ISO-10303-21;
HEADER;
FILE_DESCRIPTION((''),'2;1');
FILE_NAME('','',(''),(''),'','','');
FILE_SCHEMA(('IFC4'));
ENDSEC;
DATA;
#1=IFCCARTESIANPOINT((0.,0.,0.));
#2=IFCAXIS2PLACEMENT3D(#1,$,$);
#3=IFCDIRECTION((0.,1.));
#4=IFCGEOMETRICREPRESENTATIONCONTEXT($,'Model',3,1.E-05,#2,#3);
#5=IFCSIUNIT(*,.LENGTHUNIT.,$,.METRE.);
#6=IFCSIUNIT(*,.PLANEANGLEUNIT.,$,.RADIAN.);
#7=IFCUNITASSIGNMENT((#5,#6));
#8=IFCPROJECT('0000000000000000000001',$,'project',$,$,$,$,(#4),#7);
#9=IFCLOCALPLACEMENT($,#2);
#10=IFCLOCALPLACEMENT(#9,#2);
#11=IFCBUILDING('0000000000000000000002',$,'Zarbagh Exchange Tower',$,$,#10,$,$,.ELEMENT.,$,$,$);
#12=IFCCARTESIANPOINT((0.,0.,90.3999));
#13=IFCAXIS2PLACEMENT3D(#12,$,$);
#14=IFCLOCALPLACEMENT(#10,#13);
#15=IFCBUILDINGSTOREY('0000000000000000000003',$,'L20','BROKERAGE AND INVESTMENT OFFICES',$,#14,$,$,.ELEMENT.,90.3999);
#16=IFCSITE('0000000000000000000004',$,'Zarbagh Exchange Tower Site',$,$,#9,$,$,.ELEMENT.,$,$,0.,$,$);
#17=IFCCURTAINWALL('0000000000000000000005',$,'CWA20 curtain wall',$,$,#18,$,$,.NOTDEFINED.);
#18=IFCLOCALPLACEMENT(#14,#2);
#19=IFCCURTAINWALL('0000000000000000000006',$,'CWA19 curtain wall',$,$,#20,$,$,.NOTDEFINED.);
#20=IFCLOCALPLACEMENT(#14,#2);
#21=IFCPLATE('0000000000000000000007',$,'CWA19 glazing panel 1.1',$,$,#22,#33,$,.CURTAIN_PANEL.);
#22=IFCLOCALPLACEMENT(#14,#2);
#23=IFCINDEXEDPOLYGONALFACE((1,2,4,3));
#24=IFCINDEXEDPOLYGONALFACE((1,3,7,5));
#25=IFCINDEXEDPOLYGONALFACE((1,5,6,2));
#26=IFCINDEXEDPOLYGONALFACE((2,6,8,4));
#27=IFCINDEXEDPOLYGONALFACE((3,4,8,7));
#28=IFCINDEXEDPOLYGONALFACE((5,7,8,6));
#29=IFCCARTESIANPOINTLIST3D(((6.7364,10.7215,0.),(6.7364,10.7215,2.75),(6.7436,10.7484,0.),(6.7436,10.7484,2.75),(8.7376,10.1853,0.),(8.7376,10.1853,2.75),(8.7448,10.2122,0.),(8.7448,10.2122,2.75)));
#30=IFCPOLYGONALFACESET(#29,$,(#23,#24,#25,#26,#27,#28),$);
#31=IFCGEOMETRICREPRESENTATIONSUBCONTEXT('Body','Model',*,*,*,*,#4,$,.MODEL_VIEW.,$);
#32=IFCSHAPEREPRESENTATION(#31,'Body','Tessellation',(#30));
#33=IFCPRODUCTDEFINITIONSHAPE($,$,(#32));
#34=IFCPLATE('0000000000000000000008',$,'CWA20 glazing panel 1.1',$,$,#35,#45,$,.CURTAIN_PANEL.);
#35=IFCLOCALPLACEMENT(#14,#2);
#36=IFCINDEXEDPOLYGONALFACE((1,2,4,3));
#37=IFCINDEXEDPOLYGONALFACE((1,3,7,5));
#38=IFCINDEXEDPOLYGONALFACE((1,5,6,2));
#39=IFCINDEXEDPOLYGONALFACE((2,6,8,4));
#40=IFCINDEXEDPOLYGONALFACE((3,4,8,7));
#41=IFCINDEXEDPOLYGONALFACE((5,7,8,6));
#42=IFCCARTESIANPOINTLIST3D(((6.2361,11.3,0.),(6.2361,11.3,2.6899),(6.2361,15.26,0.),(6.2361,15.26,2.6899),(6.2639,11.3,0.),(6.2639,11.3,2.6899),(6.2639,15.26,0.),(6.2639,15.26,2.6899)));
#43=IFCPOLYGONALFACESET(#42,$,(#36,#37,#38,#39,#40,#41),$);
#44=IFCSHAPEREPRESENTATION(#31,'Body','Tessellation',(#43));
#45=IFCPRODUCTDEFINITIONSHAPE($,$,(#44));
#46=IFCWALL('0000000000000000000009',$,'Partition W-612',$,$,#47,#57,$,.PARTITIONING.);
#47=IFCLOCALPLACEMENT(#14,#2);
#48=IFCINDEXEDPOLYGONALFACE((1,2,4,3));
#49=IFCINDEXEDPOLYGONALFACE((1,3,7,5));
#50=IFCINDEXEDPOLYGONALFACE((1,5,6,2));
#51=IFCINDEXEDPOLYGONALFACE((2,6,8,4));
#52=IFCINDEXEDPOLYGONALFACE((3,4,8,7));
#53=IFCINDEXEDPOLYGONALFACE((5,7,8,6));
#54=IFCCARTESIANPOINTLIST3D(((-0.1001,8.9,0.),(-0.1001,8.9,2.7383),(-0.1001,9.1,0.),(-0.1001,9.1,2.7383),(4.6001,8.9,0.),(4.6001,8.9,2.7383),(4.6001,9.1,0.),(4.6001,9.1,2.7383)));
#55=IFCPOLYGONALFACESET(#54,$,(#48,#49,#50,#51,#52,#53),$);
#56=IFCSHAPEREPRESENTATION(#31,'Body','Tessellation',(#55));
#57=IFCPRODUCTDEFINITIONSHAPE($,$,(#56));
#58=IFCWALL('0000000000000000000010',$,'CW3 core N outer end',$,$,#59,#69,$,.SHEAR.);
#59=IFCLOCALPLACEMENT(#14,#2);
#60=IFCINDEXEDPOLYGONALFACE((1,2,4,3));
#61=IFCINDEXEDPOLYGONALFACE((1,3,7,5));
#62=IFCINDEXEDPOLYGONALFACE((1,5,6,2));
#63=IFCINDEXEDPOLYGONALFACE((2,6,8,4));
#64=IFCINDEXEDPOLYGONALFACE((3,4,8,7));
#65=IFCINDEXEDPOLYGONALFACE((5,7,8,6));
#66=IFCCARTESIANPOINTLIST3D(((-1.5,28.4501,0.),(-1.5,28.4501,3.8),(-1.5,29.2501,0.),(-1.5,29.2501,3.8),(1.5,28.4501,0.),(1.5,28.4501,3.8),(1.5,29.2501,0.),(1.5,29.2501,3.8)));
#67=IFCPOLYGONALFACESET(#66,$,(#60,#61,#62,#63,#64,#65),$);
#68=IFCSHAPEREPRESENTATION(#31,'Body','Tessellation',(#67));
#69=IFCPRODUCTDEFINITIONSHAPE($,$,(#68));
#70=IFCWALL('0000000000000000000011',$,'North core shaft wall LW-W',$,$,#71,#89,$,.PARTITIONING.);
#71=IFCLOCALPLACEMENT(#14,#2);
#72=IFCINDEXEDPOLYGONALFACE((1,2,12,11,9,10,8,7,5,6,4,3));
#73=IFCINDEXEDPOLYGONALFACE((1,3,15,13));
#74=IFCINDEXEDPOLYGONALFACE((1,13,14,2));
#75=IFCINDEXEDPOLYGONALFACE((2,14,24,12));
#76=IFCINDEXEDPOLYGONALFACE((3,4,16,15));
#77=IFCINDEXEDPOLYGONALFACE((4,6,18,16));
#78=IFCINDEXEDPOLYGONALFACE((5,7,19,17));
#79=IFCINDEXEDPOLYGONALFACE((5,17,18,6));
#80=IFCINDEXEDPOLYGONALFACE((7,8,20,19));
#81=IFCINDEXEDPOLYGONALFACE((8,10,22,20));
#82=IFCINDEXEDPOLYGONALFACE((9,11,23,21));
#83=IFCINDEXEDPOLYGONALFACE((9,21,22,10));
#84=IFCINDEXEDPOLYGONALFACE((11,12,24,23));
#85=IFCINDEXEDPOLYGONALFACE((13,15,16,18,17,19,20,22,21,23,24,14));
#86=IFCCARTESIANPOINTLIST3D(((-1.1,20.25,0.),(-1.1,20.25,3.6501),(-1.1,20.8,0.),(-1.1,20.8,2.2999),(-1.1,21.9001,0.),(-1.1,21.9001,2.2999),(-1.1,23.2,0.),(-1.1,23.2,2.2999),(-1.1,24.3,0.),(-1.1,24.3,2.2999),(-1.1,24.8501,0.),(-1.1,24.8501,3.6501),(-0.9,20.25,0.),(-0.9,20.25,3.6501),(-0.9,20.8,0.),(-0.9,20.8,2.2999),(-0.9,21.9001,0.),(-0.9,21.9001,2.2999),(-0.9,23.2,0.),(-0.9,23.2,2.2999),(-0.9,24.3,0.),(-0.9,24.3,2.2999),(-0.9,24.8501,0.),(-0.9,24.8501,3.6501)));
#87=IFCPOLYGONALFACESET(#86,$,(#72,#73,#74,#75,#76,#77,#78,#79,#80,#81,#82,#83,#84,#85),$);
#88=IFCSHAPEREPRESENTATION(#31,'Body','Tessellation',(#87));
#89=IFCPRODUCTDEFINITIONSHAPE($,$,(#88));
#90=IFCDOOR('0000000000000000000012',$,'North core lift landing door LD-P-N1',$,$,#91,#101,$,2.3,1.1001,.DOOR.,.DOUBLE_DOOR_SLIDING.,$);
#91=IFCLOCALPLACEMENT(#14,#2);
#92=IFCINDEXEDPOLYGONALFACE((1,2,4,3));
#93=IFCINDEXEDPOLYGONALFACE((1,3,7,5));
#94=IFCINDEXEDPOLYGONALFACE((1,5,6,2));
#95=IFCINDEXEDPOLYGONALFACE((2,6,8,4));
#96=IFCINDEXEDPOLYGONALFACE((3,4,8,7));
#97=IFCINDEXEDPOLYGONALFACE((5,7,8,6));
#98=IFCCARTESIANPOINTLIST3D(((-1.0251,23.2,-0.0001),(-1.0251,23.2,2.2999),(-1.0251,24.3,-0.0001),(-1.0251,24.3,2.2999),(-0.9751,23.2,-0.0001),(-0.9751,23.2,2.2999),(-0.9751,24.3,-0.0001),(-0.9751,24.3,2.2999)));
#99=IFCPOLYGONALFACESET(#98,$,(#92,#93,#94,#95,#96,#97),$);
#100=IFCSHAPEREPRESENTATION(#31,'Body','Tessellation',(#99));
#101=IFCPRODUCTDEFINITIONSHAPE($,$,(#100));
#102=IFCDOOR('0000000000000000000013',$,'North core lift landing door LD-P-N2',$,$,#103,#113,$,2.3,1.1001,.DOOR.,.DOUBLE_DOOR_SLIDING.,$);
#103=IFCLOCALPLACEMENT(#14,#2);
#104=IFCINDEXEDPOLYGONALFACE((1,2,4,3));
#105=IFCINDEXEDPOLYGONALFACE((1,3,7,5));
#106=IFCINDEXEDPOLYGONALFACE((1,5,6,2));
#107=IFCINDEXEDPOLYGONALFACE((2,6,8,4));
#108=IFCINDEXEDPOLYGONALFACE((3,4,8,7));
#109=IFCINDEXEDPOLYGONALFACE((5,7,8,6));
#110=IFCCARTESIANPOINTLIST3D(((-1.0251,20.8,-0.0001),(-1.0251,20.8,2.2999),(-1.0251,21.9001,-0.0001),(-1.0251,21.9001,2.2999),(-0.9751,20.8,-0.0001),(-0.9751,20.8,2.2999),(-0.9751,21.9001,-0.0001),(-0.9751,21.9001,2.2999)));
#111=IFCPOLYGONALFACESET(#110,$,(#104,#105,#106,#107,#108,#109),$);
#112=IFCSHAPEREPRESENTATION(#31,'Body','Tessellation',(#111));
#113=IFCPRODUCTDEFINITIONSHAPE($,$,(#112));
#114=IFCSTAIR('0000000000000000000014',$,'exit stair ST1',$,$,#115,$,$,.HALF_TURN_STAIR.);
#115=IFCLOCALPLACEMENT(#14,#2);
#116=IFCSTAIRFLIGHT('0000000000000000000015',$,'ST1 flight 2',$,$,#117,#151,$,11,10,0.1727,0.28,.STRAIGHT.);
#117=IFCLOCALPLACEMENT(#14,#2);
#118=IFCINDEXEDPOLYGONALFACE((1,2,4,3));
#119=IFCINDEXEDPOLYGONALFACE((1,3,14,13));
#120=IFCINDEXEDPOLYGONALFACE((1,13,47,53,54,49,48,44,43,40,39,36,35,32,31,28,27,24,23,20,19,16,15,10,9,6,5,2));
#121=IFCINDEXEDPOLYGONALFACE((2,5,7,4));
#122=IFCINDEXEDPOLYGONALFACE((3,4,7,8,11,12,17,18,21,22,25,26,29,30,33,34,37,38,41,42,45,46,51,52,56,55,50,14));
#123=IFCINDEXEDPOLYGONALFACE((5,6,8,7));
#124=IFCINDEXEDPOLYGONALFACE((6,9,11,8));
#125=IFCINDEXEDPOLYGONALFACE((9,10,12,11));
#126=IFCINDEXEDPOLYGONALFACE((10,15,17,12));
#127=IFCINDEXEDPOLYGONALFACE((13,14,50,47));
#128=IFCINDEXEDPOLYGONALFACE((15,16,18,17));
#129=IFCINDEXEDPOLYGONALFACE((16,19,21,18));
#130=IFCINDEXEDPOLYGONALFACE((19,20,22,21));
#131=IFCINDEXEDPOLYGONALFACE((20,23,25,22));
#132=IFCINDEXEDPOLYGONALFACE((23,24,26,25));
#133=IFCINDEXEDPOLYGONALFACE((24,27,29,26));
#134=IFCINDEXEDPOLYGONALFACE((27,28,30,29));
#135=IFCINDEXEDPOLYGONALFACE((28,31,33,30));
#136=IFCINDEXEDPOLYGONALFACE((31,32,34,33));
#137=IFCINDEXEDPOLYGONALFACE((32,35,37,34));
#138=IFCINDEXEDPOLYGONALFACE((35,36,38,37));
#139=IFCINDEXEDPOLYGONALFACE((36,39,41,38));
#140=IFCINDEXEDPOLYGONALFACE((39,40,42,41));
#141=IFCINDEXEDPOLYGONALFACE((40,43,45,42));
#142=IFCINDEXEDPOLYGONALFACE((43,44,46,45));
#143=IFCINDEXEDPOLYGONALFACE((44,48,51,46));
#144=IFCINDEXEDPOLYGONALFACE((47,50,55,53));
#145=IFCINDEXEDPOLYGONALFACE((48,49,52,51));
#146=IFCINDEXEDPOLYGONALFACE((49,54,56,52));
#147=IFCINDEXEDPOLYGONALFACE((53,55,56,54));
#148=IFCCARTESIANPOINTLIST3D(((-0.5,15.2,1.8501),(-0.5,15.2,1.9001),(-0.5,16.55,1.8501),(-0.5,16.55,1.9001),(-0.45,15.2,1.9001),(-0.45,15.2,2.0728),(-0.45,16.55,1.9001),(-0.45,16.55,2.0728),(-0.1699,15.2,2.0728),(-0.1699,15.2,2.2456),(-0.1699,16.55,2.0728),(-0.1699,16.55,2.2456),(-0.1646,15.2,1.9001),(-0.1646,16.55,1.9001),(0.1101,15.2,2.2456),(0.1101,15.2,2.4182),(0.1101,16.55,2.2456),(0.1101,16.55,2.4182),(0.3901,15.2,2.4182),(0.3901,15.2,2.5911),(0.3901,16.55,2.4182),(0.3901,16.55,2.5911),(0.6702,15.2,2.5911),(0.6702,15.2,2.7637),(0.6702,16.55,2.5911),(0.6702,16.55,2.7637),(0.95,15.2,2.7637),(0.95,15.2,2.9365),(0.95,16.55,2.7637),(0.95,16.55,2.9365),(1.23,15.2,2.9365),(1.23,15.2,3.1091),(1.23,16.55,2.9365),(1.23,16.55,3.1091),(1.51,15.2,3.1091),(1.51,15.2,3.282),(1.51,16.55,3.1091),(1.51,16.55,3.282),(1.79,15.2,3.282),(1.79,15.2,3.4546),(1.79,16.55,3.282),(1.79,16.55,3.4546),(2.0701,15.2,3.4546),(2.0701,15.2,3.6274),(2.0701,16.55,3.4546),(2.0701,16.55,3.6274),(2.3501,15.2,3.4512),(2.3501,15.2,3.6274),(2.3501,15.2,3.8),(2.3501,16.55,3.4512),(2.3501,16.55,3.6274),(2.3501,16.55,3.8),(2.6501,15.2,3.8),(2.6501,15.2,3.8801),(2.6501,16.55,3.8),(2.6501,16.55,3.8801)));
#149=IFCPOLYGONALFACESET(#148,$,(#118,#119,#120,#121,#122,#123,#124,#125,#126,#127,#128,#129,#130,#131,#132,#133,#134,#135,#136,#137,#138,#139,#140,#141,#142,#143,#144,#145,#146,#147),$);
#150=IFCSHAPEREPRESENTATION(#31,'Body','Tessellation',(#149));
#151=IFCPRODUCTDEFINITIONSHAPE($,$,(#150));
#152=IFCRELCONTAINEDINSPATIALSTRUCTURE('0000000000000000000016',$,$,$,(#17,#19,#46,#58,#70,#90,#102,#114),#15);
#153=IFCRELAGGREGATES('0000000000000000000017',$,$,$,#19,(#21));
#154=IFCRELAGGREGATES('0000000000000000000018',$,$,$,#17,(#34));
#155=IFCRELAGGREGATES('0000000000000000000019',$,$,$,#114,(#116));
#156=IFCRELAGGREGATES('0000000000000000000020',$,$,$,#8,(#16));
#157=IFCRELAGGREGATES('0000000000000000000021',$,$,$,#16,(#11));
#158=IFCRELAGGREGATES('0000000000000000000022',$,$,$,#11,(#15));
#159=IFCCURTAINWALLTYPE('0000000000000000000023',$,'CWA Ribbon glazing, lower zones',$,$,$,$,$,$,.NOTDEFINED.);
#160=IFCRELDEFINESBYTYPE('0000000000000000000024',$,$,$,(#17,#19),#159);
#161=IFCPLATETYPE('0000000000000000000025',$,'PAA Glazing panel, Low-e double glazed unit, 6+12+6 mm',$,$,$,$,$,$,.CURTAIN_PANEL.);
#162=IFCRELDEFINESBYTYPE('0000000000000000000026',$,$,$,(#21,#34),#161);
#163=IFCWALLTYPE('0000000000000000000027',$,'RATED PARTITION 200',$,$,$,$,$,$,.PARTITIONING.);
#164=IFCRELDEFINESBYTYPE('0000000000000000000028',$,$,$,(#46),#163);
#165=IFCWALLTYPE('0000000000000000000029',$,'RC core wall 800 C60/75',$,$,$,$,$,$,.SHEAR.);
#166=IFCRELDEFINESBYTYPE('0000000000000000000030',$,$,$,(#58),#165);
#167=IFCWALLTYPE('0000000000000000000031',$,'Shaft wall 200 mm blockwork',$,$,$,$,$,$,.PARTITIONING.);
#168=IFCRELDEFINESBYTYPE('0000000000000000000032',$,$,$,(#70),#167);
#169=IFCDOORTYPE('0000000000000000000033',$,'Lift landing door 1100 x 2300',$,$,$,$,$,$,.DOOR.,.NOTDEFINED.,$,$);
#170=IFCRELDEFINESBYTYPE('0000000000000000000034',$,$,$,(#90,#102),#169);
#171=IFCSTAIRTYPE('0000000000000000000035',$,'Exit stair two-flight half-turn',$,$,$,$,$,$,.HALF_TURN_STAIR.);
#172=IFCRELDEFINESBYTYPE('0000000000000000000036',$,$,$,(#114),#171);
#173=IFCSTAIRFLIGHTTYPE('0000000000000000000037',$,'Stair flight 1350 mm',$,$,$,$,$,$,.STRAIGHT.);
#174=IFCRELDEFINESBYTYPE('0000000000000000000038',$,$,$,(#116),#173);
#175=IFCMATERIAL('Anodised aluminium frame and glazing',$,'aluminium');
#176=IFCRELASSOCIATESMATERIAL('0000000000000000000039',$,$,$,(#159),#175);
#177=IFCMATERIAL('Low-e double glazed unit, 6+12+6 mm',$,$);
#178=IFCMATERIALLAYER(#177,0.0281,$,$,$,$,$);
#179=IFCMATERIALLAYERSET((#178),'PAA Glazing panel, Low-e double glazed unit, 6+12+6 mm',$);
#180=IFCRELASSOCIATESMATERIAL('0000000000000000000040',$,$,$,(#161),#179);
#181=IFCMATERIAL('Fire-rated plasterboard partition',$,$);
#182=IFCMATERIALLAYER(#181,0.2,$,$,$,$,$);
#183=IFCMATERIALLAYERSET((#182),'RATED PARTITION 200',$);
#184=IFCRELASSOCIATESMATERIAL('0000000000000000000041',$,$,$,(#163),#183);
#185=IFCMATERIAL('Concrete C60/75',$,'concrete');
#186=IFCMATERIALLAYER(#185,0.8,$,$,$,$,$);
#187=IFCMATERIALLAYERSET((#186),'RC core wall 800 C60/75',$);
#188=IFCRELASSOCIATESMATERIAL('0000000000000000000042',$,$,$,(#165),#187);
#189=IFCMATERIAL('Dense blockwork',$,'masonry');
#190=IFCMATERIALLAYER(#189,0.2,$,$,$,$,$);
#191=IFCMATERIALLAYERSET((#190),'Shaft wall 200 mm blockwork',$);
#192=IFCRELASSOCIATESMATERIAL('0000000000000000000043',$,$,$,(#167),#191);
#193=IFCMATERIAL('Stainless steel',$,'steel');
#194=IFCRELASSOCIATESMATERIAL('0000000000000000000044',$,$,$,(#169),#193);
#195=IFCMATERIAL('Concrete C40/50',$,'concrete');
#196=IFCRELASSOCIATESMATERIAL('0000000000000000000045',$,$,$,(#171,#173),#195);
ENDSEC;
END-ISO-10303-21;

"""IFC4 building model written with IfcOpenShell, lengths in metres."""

from ifc_helpers import new_model, si_unit, direction, frame, frame_2d, origin, place, context, subcontext, project, spatial, polyline, rectangle, outline, extrude, source, transform, mapped, material, layer, layer_set, type_object, element, fill, aggregate, save


model = new_model("IFC4")

# Units and contexts
model_context = context("Model", 3, precision=1e-05, world=origin(), true_north=direction((0.0, 1.0)))
body_context = subcontext(model_context, "Body", "Model", "MODEL_VIEW")
ifc_project = project(units=[si_unit("LENGTHUNIT", "METRE"), si_unit("PLANEANGLEUNIT", "RADIAN")], contexts=[model_context])

# Site, building, storey
site_placement = place(None, origin())
site = spatial("IfcSite", under=ifc_project, at=site_placement, Name="Zarbagh Exchange Tower Site", CompositionType="ELEMENT", RefElevation=0.0)
building_placement = place(site_placement, origin())
building = spatial("IfcBuilding", under=site, at=building_placement, Name="Zarbagh Exchange Tower", CompositionType="ELEMENT")
storey_placement = place(building_placement, frame((0.0, 0.0, 90.3999)))
storey = spatial("IfcBuildingStorey", under=building, at=storey_placement, Name="L20", Description="BROKERAGE AND INVESTMENT OFFICES", CompositionType="ELEMENT", Elevation=90.3999)

# Shared definitions
ifc_material_1 = material(Name="Concrete C60/75", Category="concrete")

# Shared definitions
ifc_material_2 = material(Name="Anodised aluminium frame and glazing", Category="aluminium")
curtain_wall_type = type_object("IfcCurtainWallType", Name="CWA Ribbon glazing, lower zones", PredefinedType="NOTDEFINED", material=ifc_material_2)
placement = place(storey_placement, origin())

# Curtain wall
curtain_wall_1_placement = place(storey_placement, origin())
curtain_wall_1 = element("IfcCurtainWall", 1, at=curtain_wall_1_placement, inside=storey, type_object=curtain_wall_type, Name="CWA20 curtain wall", PredefinedType="NOTDEFINED")

# Shared definitions
ifc_material_3 = material(Name="Low-e double glazed unit, 6+12+6 mm")
ifc_layer_1 = layer(ifc_material_3, 0.0281)
ifc_layer_set_1 = layer_set([ifc_layer_1], Name="PAA Glazing panel, Low-e double glazed unit, 6+12+6 mm")
plate_type = type_object("IfcPlateType", Name="PAA Glazing panel, Low-e double glazed unit, 6+12+6 mm", PredefinedType="CURTAIN_PANEL", material=ifc_layer_set_1)

# Curtain wall, plate
curtain_wall_2_placement = place(storey_placement, origin())
curtain_wall_2 = element("IfcCurtainWall", 2, at=curtain_wall_2_placement, inside=storey, type_object=curtain_wall_type, Name="CWA19 curtain wall", PredefinedType="NOTDEFINED")
shared_shape_1 = source(origin(), body_context, "Body", "SweptSolid", [
    extrude(outline(polyline([(0.0, -0.0139), (2.0718, -0.0139), (2.0718, 0.0139), (0.0, 0.0139), (0.0, -0.0139)])), origin(), (0.0, 0.0, 1.0), 2.75),
])
plate_1 = element("IfcPlate", 3, at=placement, type_object=plate_type, Name="CWA19 glazing panel 1.1", PredefinedType="CURTAIN_PANEL", context=body_context, shape_type="MappedRepresentation", body=[
    mapped(shared_shape_1, transform((8.7412, 10.1987, 0.0), x_axis=(-0.965924, 0.258825, 0.0), y_axis=(-0.258825, -0.965924, 0.0), z_axis=(0.0, 0.0, 1.0))),
])
aggregate(curtain_wall_2, [plate_1])

# Plate
shared_shape_2 = source(origin(), body_context, "Body", "SweptSolid", [
    extrude(outline(polyline([(0.0, -0.0139), (3.96, -0.0139), (3.96, 0.0139), (0.0, 0.0139), (0.0, -0.0139)])), origin(), (0.0, 0.0, 1.0), 2.6899),
])
plate_2 = element("IfcPlate", 4, at=placement, type_object=plate_type, Name="CWA20 glazing panel 1.1", PredefinedType="CURTAIN_PANEL", context=body_context, shape_type="MappedRepresentation", body=[
    mapped(shared_shape_2, transform((6.25, 11.3, 0.0), x_axis=(0.0, 1.0, 0.0), y_axis=(-1.0, 0.0, 0.0), z_axis=(0.0, 0.0, 1.0))),
])
aggregate(curtain_wall_1, [plate_2])

# Walls
ifc_material_4 = material(Name="Fire-rated plasterboard partition")
ifc_layer_2 = layer(ifc_material_4, 0.2)
ifc_layer_set_2 = layer_set([ifc_layer_2], Name="RATED PARTITION 200")
wall_type_1 = type_object("IfcWallType", Name="RATED PARTITION 200", PredefinedType="PARTITIONING", material=ifc_layer_set_2)
wall_1_placement = place(storey_placement, frame((-0.1001, 9.0, 0.0), z_axis=(0.0, 0.0, 1.0), x_axis=(1.0, 0.0, 0.0)))
element("IfcWall", 5, at=wall_1_placement, inside=storey, type_object=wall_type_1, Name="Partition W-612", PredefinedType="PARTITIONING", context=body_context, shape_type="SweptSolid", body=[
    extrude(rectangle(XDim=4.7002, YDim=0.2, at=frame_2d((2.3501, 0.0))), origin(), (0.0, 0.0, 1.0), 2.7383),
])
ifc_layer_3 = layer(ifc_material_1, 0.8)
ifc_layer_set_3 = layer_set([ifc_layer_3], Name="RC core wall 800 C60/75")
wall_type_2 = type_object("IfcWallType", Name="RC core wall 800 C60/75", PredefinedType="SHEAR", material=ifc_layer_set_3)
wall_2_placement = place(storey_placement, frame((-1.5, 28.8501, 0.0), z_axis=(0.0, 0.0, 1.0), x_axis=(1.0, 0.0, 0.0)))
element("IfcWall", 6, at=wall_2_placement, inside=storey, type_object=wall_type_2, Name="CW3 core N outer end", PredefinedType="SHEAR", context=body_context, shape_type="SweptSolid", body=[
    extrude(rectangle(XDim=3.0, YDim=0.8, at=frame_2d((1.5, 0.0))), origin(), (0.0, 0.0, 1.0), 3.8),
])

# Wall, openings, doors
ifc_material_5 = material(Name="Dense blockwork", Category="masonry")
ifc_layer_4 = layer(ifc_material_5, 0.2)
ifc_layer_set_4 = layer_set([ifc_layer_4], Name="Shaft wall 200 mm blockwork")
wall_type_3 = type_object("IfcWallType", Name="Shaft wall 200 mm blockwork", PredefinedType="PARTITIONING", material=ifc_layer_set_4)
wall_3_placement = place(storey_placement, frame((-1.0, 24.8501, 0.0), z_axis=(0.0, 0.0, 1.0), x_axis=(0.0, -1.0, 0.0)))
wall_3 = element("IfcWall", 7, at=wall_3_placement, inside=storey, type_object=wall_type_3, Name="North core shaft wall LW-W", PredefinedType="PARTITIONING", context=body_context, shape_type="SweptSolid", body=[
    extrude(rectangle(XDim=4.6001, YDim=0.2, at=frame_2d((2.3, 0.0))), origin(), (0.0, 0.0, 1.0), 3.6501),
])
opening_1_placement = place(wall_3_placement, frame((0.55, 0.0, 0.0)))
opening_1 = element("IfcOpeningElement", 8, at=opening_1_placement, cuts=wall_3, PredefinedType="OPENING", context=body_context, shape_type="SweptSolid", body=[
    extrude(rectangle(XDim=1.1001, YDim=2.3, at=frame_2d((0.55, 1.1499))), frame((0.0, 0.1099, 0.0), z_axis=(0.0, -1.0, 0.0), x_axis=(1.0, 0.0, 0.0)), (0.0, 0.0, 1.0), 0.22),
])
opening_2_placement = place(wall_3_placement, frame((2.95, 0.0, 0.0)))
opening_2 = element("IfcOpeningElement", 9, at=opening_2_placement, cuts=wall_3, PredefinedType="OPENING", context=body_context, shape_type="SweptSolid", body=[
    extrude(rectangle(XDim=1.1001, YDim=2.3, at=frame_2d((0.55, 1.1499))), frame((0.0, 0.1099, 0.0), z_axis=(0.0, -1.0, 0.0), x_axis=(1.0, 0.0, 0.0)), (0.0, 0.0, 1.0), 0.22),
])
ifc_material_6 = material(Name="Stainless steel", Category="steel")
door_type = type_object("IfcDoorType", Name="Lift landing door 1100 x 2300", OperationType="NOTDEFINED", PredefinedType="DOOR", material=ifc_material_6)
door_1_placement = place(opening_1_placement, origin())
door_1 = element("IfcDoor", 10, at=door_1_placement, inside=storey, type_object=door_type, Name="North core lift landing door LD-P-N1", OperationType="DOUBLE_DOOR_SLIDING", OverallHeight=2.3, OverallWidth=1.1001, PredefinedType="DOOR", context=body_context, shape_type="SweptSolid", body=[
    extrude(rectangle(XDim=1.1001, YDim=2.3, at=frame_2d((0.55, 1.1499))), frame((0.0, 0.0249, 0.0), z_axis=(0.0, -1.0, 0.0), x_axis=(1.0, 0.0, 0.0)), (0.0, 0.0, 1.0), 0.05),
])
fill(opening_1, door_1)
door_2_placement = place(opening_2_placement, origin())
door_2 = element("IfcDoor", 11, at=door_2_placement, inside=storey, type_object=door_type, Name="North core lift landing door LD-P-N2", OperationType="DOUBLE_DOOR_SLIDING", OverallHeight=2.3, OverallWidth=1.1001, PredefinedType="DOOR", context=body_context, shape_type="SweptSolid", body=[
    extrude(rectangle(XDim=1.1001, YDim=2.3, at=frame_2d((0.55, 1.1499))), frame((0.0, 0.0249, 0.0), z_axis=(0.0, -1.0, 0.0), x_axis=(1.0, 0.0, 0.0)), (0.0, 0.0, 1.0), 0.05),
])
fill(opening_2, door_2)

# Stair, stair flight
ifc_material_7 = material(Name="Concrete C40/50", Category="concrete")
stair_type = type_object("IfcStairType", Name="Exit stair two-flight half-turn", PredefinedType="HALF_TURN_STAIR", material=ifc_material_7)
stair_1_placement = place(storey_placement, origin())
stair_1 = element("IfcStair", 12, at=stair_1_placement, inside=storey, type_object=stair_type, Name="exit stair ST1", PredefinedType="HALF_TURN_STAIR")
stair_flight_type_1 = type_object("IfcStairFlightType", Name="Stair flight 1350 mm", PredefinedType="STRAIGHT", material=ifc_material_7)
stair_flight_1_placement = place(storey_placement, frame((-0.45, 15.875, 1.9001), z_axis=(0.0, 0.0, 1.0), x_axis=(1.0, 0.0, 0.0)))
stair_flight_1 = element("IfcStairFlight", 13, at=stair_flight_1_placement, type_object=stair_flight_type_1, Name="ST1 flight 2", NumberOfRisers=11, NumberOfTreads=10, PredefinedType="STRAIGHT", RiserHeight=0.1727, TreadLength=0.28, context=body_context, shape_type="SweptSolid", body=[
    extrude(outline(polyline([(-0.05, -0.05), (-0.05, 0.0), (0.0, 0.0), (0.0, 0.1726), (0.28, 0.1726), (0.28, 0.3455), (0.5601, 0.3455), (0.5601, 0.5181), (0.8401, 0.5181), (0.8401, 0.6909), (1.1201, 0.6909), (1.1201, 0.8635), (1.3999, 0.8635), (1.3999, 1.0364), (1.6799, 1.0364), (1.6799, 1.209), (1.96, 1.209), (1.96, 1.3818), (2.24, 1.3818), (2.24, 1.5544), (2.52, 1.5544), (2.52, 1.7273), (2.8, 1.7273), (2.8, 1.8999), (3.1001, 1.98), (3.1001, 1.8999), (2.8, 1.551), (0.2854, 0.0), (-0.05, -0.05)])), frame((0.0, 0.675, 0.0), z_axis=(0.0, -1.0, 0.0), x_axis=(1.0, 0.0, 0.0)), (0.0, 0.0, 1.0), 1.3501),
])
aggregate(stair_1, [stair_flight_1])

save(model, "model.ifc")
